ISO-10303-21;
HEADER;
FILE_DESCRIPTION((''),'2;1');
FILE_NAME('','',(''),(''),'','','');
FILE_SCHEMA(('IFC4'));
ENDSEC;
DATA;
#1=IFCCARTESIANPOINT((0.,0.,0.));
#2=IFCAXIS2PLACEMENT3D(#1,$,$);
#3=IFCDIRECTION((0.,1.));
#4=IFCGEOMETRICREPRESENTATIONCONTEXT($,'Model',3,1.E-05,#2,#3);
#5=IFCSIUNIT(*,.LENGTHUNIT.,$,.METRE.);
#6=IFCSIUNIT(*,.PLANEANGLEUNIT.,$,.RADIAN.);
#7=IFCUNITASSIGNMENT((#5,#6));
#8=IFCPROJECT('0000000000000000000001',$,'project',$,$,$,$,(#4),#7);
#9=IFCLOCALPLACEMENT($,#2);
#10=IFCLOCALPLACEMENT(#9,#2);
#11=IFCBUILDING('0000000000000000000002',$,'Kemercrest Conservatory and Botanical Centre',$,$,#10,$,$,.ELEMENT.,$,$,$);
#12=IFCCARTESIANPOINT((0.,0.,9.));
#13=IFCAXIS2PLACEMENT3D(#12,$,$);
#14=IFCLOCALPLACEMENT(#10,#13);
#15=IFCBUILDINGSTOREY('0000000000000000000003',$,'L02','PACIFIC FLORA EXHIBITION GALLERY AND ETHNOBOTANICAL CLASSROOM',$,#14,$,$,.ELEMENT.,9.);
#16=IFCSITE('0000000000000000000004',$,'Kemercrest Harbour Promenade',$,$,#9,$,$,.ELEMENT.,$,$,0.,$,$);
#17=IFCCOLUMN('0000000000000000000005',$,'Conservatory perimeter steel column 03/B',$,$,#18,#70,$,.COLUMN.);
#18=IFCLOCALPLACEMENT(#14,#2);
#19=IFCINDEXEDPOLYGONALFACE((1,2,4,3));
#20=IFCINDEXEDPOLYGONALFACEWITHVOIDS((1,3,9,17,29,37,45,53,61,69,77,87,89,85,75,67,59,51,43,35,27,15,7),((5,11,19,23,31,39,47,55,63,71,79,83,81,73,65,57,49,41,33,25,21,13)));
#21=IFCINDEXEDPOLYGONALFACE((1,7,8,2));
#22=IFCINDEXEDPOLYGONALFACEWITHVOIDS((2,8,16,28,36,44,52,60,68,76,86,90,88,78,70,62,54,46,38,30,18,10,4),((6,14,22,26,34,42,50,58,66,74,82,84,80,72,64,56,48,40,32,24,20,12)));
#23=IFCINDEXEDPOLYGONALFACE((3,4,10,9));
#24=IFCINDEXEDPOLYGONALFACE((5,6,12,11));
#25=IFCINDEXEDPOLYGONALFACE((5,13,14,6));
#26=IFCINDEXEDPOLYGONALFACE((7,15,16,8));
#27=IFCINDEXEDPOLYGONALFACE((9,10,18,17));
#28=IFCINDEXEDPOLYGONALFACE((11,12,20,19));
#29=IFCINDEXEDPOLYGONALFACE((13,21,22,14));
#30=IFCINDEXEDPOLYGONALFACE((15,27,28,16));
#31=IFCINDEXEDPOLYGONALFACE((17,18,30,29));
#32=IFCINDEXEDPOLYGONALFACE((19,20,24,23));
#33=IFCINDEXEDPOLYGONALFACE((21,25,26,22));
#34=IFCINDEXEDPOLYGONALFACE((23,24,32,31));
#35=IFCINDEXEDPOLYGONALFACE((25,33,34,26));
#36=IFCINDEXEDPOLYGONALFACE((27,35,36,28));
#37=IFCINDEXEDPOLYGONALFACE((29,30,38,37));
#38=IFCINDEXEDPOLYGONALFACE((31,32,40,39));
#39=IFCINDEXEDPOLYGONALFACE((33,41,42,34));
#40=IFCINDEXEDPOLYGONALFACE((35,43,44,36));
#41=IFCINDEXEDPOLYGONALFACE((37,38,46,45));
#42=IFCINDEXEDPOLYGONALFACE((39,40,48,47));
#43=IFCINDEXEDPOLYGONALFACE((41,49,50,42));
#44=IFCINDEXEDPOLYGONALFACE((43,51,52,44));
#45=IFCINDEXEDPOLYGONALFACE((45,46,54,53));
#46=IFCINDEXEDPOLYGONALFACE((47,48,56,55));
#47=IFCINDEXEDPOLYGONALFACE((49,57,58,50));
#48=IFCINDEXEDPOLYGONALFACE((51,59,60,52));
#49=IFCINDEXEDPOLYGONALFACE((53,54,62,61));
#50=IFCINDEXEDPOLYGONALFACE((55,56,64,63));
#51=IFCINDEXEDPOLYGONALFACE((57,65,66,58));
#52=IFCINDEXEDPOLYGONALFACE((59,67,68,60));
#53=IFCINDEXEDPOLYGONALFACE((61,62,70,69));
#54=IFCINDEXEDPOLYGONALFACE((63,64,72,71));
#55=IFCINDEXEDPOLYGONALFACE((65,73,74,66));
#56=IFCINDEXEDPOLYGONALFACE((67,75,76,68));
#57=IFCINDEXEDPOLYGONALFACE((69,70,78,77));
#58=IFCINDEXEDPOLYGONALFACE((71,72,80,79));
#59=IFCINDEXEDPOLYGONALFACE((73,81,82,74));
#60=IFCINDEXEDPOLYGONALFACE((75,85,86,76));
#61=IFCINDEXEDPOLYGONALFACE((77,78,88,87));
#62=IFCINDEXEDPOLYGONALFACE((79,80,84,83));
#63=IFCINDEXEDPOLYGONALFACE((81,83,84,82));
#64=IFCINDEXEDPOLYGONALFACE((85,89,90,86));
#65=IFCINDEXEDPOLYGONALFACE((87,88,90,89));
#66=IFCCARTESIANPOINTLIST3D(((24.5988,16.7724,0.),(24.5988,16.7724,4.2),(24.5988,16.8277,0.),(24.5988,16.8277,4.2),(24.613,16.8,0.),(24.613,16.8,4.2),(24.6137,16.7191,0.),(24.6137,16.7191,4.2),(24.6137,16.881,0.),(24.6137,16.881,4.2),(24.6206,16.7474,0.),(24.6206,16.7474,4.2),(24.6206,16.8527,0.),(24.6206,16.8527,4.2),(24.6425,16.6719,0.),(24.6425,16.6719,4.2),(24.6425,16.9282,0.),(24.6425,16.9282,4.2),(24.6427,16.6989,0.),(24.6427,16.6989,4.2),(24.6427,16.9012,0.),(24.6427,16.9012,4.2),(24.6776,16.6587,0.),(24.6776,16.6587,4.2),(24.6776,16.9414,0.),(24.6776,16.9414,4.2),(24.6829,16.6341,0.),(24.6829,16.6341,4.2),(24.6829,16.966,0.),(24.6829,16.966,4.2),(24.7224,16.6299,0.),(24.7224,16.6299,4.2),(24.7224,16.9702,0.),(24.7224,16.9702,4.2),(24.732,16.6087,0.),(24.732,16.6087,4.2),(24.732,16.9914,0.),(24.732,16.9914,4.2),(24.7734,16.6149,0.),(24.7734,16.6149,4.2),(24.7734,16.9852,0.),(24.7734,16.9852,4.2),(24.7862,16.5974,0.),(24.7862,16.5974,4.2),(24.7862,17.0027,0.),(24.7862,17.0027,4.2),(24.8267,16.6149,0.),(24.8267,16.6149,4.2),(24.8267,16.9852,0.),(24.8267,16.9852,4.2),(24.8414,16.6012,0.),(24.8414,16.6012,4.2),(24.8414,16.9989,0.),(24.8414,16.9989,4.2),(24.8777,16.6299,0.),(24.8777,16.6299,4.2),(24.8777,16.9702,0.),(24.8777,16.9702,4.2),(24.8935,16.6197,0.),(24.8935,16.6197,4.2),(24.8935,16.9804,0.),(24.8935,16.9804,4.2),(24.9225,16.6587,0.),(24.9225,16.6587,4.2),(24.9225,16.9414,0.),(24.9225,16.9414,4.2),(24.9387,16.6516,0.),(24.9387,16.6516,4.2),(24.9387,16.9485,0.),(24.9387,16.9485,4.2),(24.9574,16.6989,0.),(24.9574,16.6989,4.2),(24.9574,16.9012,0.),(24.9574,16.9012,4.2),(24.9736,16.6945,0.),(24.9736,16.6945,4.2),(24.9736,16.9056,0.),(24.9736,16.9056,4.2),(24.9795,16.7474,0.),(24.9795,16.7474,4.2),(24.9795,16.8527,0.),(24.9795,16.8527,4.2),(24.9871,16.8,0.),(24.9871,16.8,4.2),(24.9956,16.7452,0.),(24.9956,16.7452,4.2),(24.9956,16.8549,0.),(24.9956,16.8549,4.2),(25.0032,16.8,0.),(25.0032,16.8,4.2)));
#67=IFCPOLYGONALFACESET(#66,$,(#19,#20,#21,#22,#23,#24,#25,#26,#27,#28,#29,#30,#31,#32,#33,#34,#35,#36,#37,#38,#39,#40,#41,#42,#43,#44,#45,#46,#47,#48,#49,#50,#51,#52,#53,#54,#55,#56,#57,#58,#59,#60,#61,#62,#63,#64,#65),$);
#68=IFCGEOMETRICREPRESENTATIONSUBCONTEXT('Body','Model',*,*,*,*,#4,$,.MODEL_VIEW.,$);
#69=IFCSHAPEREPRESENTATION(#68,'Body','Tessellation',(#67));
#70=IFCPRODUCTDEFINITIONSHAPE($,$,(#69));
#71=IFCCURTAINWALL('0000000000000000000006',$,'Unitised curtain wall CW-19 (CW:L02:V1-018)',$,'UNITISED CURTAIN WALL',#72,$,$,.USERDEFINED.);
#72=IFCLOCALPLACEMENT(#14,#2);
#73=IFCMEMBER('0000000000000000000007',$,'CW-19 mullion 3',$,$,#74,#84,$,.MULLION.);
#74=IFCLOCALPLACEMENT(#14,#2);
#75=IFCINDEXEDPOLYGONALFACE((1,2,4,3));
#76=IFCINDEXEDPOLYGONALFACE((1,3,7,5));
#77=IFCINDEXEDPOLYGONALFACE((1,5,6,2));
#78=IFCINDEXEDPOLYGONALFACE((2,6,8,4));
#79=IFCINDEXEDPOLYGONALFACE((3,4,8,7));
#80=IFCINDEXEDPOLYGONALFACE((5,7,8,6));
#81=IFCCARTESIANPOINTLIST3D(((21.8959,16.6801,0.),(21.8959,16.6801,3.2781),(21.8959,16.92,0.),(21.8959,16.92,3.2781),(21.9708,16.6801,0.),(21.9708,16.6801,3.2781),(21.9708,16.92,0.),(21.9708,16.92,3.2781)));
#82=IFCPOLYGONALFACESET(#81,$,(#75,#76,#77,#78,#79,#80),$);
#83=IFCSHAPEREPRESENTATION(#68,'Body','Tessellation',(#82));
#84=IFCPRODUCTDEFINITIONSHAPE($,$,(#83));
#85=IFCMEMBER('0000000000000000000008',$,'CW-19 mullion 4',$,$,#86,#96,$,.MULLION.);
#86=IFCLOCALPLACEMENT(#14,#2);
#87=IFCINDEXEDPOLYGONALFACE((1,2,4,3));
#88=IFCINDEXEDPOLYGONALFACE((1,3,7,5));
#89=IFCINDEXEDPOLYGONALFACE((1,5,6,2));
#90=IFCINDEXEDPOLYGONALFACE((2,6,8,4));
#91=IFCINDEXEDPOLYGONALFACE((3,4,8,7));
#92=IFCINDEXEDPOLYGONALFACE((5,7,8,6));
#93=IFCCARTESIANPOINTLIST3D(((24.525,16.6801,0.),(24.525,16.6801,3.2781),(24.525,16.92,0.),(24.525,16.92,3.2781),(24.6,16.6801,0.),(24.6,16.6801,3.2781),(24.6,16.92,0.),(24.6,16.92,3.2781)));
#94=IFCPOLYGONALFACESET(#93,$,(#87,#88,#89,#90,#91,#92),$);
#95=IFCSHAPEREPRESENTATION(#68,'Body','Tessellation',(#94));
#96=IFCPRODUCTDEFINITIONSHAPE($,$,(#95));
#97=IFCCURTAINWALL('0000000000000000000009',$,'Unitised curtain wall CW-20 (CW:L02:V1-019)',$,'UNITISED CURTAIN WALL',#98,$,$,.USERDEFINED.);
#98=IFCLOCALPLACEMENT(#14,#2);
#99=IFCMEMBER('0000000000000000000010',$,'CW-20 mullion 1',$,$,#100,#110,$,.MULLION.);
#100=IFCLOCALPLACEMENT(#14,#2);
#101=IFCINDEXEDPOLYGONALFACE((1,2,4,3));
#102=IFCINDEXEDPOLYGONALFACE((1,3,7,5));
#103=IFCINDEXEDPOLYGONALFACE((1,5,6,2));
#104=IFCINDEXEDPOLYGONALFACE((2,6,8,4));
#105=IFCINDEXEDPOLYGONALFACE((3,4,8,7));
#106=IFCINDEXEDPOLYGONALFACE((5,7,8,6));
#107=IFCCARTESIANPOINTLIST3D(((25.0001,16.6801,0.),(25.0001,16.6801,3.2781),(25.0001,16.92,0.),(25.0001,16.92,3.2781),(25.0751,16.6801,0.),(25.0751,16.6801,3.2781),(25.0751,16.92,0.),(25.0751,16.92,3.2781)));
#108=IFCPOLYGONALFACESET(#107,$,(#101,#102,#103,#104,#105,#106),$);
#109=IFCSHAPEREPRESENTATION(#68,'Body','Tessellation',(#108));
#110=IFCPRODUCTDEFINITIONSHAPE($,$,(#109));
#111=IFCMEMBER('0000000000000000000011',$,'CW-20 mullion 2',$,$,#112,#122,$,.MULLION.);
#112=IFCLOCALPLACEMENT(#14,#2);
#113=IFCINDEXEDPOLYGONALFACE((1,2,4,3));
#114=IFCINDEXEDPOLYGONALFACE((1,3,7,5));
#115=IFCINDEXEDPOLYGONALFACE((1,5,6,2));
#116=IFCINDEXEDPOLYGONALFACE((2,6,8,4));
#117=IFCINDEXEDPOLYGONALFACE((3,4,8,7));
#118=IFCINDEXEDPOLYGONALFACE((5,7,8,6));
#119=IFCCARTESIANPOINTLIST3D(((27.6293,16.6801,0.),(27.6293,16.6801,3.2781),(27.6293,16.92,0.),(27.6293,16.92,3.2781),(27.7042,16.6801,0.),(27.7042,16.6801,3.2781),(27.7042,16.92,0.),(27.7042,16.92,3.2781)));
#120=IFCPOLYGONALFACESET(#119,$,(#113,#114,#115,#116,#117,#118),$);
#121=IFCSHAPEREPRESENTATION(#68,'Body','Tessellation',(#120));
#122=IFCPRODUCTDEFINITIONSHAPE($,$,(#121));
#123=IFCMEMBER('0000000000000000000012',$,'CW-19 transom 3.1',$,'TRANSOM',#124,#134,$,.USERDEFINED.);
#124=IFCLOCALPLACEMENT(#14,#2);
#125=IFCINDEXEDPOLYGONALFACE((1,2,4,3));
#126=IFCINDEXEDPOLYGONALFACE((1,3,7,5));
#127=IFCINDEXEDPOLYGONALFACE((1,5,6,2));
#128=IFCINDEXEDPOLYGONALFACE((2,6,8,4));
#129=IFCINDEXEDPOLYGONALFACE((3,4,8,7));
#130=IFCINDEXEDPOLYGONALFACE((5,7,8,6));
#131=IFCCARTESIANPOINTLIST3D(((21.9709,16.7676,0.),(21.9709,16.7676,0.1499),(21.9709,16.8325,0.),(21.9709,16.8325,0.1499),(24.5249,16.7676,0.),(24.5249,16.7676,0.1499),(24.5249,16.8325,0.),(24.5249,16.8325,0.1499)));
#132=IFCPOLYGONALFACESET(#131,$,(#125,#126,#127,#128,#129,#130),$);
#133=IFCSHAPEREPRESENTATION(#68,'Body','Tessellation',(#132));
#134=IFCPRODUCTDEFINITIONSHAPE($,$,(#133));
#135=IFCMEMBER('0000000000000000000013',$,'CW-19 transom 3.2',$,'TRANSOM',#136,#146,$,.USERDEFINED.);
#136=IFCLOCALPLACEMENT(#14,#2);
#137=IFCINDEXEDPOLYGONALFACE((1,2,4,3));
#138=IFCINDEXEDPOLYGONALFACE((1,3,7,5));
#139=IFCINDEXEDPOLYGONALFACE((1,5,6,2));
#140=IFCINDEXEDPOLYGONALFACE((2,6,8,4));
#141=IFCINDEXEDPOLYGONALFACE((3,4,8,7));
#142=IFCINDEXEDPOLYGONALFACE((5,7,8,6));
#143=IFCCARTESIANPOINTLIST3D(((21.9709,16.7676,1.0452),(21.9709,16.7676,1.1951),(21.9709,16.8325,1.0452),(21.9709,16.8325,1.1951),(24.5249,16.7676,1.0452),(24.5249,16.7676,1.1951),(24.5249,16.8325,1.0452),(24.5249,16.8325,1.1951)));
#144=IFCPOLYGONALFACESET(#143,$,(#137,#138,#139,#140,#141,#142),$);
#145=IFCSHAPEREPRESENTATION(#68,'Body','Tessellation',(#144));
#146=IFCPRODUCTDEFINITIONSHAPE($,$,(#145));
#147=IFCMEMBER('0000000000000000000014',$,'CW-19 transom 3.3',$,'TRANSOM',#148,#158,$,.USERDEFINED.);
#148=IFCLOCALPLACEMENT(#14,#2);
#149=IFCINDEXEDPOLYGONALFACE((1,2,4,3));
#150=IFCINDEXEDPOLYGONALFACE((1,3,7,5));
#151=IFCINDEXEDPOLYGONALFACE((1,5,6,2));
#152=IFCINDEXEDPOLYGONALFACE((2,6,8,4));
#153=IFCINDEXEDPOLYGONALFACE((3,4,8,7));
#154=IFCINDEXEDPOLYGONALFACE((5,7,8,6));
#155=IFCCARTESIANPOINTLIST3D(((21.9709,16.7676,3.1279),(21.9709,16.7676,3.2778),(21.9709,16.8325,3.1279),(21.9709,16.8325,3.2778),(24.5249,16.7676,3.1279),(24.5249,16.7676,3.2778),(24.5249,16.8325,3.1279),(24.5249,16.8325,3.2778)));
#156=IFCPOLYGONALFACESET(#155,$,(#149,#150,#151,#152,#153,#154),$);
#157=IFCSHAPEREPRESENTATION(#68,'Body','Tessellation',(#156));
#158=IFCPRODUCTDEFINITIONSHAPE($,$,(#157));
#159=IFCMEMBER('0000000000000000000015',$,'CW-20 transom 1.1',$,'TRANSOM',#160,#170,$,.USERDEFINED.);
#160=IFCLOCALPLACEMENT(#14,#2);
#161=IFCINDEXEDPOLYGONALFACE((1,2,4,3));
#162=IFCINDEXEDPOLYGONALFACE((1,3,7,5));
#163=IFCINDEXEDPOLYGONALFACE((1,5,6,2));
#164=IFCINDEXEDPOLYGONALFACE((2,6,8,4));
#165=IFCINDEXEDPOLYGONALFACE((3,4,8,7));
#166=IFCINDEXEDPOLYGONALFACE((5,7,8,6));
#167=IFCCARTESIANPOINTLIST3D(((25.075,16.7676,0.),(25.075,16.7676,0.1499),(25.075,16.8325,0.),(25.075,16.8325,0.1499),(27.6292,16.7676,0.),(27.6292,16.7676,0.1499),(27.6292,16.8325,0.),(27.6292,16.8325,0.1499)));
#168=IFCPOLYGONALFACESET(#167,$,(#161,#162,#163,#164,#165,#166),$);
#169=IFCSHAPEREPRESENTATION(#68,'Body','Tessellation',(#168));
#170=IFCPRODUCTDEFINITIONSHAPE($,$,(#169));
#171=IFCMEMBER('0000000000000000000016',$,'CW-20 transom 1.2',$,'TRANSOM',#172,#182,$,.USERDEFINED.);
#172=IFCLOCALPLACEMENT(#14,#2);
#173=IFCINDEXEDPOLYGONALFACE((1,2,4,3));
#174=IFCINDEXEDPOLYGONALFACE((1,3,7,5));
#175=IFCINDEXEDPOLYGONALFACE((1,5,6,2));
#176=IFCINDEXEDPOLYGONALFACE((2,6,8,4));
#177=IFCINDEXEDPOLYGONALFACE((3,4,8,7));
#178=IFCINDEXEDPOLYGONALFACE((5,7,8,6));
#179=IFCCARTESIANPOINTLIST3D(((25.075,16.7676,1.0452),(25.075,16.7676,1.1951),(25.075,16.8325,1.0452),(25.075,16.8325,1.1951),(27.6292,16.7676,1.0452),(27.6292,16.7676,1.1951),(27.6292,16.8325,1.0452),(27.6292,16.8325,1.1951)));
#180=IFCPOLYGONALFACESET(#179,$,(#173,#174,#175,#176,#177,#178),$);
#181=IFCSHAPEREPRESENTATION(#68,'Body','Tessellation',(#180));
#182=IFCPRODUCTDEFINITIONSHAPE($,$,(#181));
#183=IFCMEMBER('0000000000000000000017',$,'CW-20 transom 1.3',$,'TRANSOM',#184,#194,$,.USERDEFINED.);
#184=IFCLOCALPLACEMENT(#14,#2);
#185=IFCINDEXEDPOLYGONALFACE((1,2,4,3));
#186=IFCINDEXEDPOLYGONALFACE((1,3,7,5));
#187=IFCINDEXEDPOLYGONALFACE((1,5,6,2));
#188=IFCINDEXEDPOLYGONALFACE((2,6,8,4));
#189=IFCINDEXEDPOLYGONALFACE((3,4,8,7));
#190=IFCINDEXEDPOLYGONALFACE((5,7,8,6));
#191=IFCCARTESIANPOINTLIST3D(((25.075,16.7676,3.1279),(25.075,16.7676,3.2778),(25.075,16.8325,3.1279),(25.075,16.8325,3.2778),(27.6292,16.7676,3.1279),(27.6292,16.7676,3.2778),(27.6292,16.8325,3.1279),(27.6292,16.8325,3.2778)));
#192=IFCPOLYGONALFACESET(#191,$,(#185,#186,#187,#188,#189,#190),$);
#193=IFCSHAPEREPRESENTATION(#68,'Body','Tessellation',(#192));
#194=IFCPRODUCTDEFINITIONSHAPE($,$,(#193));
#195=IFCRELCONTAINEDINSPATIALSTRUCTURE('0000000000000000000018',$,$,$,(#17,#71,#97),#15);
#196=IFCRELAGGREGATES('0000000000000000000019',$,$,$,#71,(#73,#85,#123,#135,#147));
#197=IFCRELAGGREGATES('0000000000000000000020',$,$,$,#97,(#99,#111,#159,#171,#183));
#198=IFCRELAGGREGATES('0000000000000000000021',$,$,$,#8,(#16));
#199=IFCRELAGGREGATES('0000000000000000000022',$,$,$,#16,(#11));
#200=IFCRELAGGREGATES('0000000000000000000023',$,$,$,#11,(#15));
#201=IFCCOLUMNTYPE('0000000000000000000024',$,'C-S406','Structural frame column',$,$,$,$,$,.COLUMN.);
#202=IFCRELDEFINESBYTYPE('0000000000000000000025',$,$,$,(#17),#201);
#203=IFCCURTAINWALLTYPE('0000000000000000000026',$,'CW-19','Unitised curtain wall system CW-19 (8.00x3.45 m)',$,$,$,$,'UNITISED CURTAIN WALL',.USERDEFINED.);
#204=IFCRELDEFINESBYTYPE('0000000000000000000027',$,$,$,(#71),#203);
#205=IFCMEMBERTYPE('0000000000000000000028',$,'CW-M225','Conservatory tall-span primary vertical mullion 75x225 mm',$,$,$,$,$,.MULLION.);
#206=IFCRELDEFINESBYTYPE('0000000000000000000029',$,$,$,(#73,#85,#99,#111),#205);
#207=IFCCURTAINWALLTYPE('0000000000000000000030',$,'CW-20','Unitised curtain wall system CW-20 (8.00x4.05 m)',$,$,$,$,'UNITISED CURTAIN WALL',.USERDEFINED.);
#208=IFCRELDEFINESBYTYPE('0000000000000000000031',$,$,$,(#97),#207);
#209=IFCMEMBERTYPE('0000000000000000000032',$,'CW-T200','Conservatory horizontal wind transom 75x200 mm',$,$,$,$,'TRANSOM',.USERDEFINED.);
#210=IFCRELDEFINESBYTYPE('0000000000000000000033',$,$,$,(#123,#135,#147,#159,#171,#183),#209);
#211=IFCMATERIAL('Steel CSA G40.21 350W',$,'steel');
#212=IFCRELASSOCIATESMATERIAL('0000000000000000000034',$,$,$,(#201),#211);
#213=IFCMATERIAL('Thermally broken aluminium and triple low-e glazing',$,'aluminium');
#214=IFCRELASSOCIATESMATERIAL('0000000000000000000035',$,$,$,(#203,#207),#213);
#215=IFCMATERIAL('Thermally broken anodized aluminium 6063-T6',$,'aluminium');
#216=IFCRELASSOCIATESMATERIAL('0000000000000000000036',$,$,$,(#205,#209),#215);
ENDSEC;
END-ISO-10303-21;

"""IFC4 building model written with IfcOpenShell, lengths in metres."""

from ifc_helpers import new_model, si_unit, direction, frame, origin, origin_2d, place, context, subcontext, project, spatial, rectangle, hollow_circle, extrude, material, material_profile, profile_set, type_object, element, aggregate, save


model = new_model("IFC4")

# Units and contexts
model_context = context("Model", 3, precision=1e-05, world=origin(), true_north=direction((0.0, 1.0)))
body_context = subcontext(model_context, "Body", "Model", "MODEL_VIEW")
ifc_project = project(units=[si_unit("LENGTHUNIT", "METRE"), si_unit("PLANEANGLEUNIT", "RADIAN")], contexts=[model_context])

# Site, building, storey
site_placement = place(None, origin())
site = spatial("IfcSite", under=ifc_project, at=site_placement, Name="Kemercrest Harbour Promenade", CompositionType="ELEMENT", RefElevation=0.0)
building_placement = place(site_placement, origin())
building = spatial("IfcBuilding", under=site, at=building_placement, Name="Kemercrest Conservatory and Botanical Centre", CompositionType="ELEMENT")
storey_placement = place(building_placement, frame((0.0, 0.0, 9.0)))
storey = spatial("IfcBuildingStorey", under=building, at=storey_placement, Name="L02", Description="PACIFIC FLORA EXHIBITION GALLERY AND ETHNOBOTANICAL CLASSROOM", CompositionType="ELEMENT", Elevation=9.0)

# Column
ifc_material_1 = material(Name="Steel CSA G40.21 350W", Category="steel")
ifc_material_profile_1 = material_profile(ifc_material_1, hollow_circle(Radius=0.2031, WallThickness=0.0161, at=origin_2d()), Name="CHS 406.4x16.0")
ifc_profile_set_1 = profile_set([ifc_material_profile_1], Name="Steel CSA G40.21 350W")
column_type = type_object("IfcColumnType", Name="C-S406", Description="Structural frame column", PredefinedType="COLUMN", material=ifc_profile_set_1)
column_placement = place(storey_placement, frame((24.8, 16.8, 0.0), z_axis=(0.0, 0.0, 1.0), x_axis=(1.0, 0.0, 0.0)))
element("IfcColumn", 1, at=column_placement, inside=storey, type_object=column_type, Name="Conservatory perimeter steel column 03/B", PredefinedType="COLUMN", context=body_context, shape_type="SweptSolid", body=[
    extrude(hollow_circle(Radius=0.2031, WallThickness=0.0161, at=origin_2d()), origin(), (0.0, 0.0, 1.0), 4.2),
])

# Curtain walls, members
ifc_material_2 = material(Name="Thermally broken aluminium and triple low-e glazing", Category="aluminium")
curtain_wall_type_1 = type_object("IfcCurtainWallType", Name="CW-19", Description="Unitised curtain wall system CW-19 (8.00x3.45 m)", ElementType="UNITISED CURTAIN WALL", PredefinedType="USERDEFINED", material=ifc_material_2)
curtain_wall_1_placement = place(storey_placement, origin())
curtain_wall_1 = element("IfcCurtainWall", 2, at=curtain_wall_1_placement, inside=storey, type_object=curtain_wall_type_1, Name="Unitised curtain wall CW-19 (CW:L02:V1-018)", ObjectType="UNITISED CURTAIN WALL", PredefinedType="USERDEFINED")
ifc_material_3 = material(Name="Thermally broken anodized aluminium 6063-T6", Category="aluminium")
ifc_material_profile_2 = material_profile(ifc_material_3, rectangle(XDim=0.24, YDim=0.075, at=origin_2d()), Name="AL MULLION 75x240")
ifc_profile_set_2 = profile_set([ifc_material_profile_2], Name="Thermally broken anodized aluminium 6063-T6")
member_type_1 = type_object("IfcMemberType", Name="CW-M225", Description="Conservatory tall-span primary vertical mullion 75x225 mm", PredefinedType="MULLION", material=ifc_profile_set_2)
member_1_placement = place(storey_placement, frame((21.9333, 16.8, 0.0), z_axis=(0.0, 0.0, 1.0), x_axis=(0.0, 1.0, 0.0)))
member_1 = element("IfcMember", 3, at=member_1_placement, type_object=member_type_1, Name="CW-19 mullion 3", PredefinedType="MULLION", context=body_context, shape_type="SweptSolid", body=[
    extrude(rectangle(XDim=0.24, YDim=0.075, at=origin_2d()), origin(), (0.0, 0.0, 1.0), 3.2781),
])
member_2_placement = place(storey_placement, frame((24.5625, 16.8, 0.0), z_axis=(0.0, 0.0, 1.0), x_axis=(0.0, 1.0, 0.0)))
member_2 = element("IfcMember", 4, at=member_2_placement, type_object=member_type_1, Name="CW-19 mullion 4", PredefinedType="MULLION", context=body_context, shape_type="SweptSolid", body=[
    extrude(rectangle(XDim=0.24, YDim=0.075, at=origin_2d()), origin(), (0.0, 0.0, 1.0), 3.2781),
])
curtain_wall_type_2 = type_object("IfcCurtainWallType", Name="CW-20", Description="Unitised curtain wall system CW-20 (8.00x4.05 m)", ElementType="UNITISED CURTAIN WALL", PredefinedType="USERDEFINED", material=ifc_material_2)
curtain_wall_2_placement = place(storey_placement, origin())
curtain_wall_2 = element("IfcCurtainWall", 5, at=curtain_wall_2_placement, inside=storey, type_object=curtain_wall_type_2, Name="Unitised curtain wall CW-20 (CW:L02:V1-019)", ObjectType="UNITISED CURTAIN WALL", PredefinedType="USERDEFINED")
member_3_placement = place(storey_placement, frame((25.0376, 16.8, 0.0), z_axis=(0.0, 0.0, 1.0), x_axis=(0.0, 1.0, 0.0)))
member_3 = element("IfcMember", 6, at=member_3_placement, type_object=member_type_1, Name="CW-20 mullion 1", PredefinedType="MULLION", context=body_context, shape_type="SweptSolid", body=[
    extrude(rectangle(XDim=0.24, YDim=0.075, at=origin_2d()), origin(), (0.0, 0.0, 1.0), 3.2781),
])
member_4_placement = place(storey_placement, frame((27.6667, 16.8, 0.0), z_axis=(0.0, 0.0, 1.0), x_axis=(0.0, 1.0, 0.0)))
member_4 = element("IfcMember", 7, at=member_4_placement, type_object=member_type_1, Name="CW-20 mullion 2", PredefinedType="MULLION", context=body_context, shape_type="SweptSolid", body=[
    extrude(rectangle(XDim=0.24, YDim=0.075, at=origin_2d()), origin(), (0.0, 0.0, 1.0), 3.2781),
])

# Members
ifc_material_profile_3 = material_profile(ifc_material_3, rectangle(XDim=0.0649, YDim=0.1499, at=origin_2d()), Name="AL TRANSOM 65x150")
ifc_profile_set_3 = profile_set([ifc_material_profile_3], Name="Thermally broken anodized aluminium 6063-T6")
member_type_2 = type_object("IfcMemberType", Name="CW-T200", Description="Conservatory horizontal wind transom 75x200 mm", ElementType="TRANSOM", PredefinedType="USERDEFINED", material=ifc_profile_set_3)
member_5_placement = place(storey_placement, frame((21.9709, 16.8, 0.075), z_axis=(1.0, 0.0, 0.0), x_axis=(0.0, 1.0, 0.0)))
member_5 = element("IfcMember", 8, at=member_5_placement, type_object=member_type_2, Name="CW-19 transom 3.1", ObjectType="TRANSOM", PredefinedType="USERDEFINED", context=body_context, shape_type="SweptSolid", body=[
    extrude(rectangle(XDim=0.0649, YDim=0.1499, at=origin_2d()), origin(), (0.0, 0.0, 1.0), 2.554),
])
member_6_placement = place(storey_placement, frame((21.9709, 16.8, 1.1201), z_axis=(1.0, 0.0, 0.0), x_axis=(0.0, 1.0, 0.0)))
member_6 = element("IfcMember", 9, at=member_6_placement, type_object=member_type_2, Name="CW-19 transom 3.2", ObjectType="TRANSOM", PredefinedType="USERDEFINED", context=body_context, shape_type="SweptSolid", body=[
    extrude(rectangle(XDim=0.0649, YDim=0.1499, at=origin_2d()), origin(), (0.0, 0.0, 1.0), 2.554),
])
member_7_placement = place(storey_placement, frame((21.9709, 16.8, 3.2029), z_axis=(1.0, 0.0, 0.0), x_axis=(0.0, 1.0, 0.0)))
member_7 = element("IfcMember", 10, at=member_7_placement, type_object=member_type_2, Name="CW-19 transom 3.3", ObjectType="TRANSOM", PredefinedType="USERDEFINED", context=body_context, shape_type="SweptSolid", body=[
    extrude(rectangle(XDim=0.0649, YDim=0.1499, at=origin_2d()), origin(), (0.0, 0.0, 1.0), 2.554),
])
member_8_placement = place(storey_placement, frame((25.075, 16.8, 0.075), z_axis=(1.0, 0.0, 0.0), x_axis=(0.0, 1.0, 0.0)))
member_8 = element("IfcMember", 11, at=member_8_placement, type_object=member_type_2, Name="CW-20 transom 1.1", ObjectType="TRANSOM", PredefinedType="USERDEFINED", context=body_context, shape_type="SweptSolid", body=[
    extrude(rectangle(XDim=0.0649, YDim=0.1499, at=origin_2d()), origin(), (0.0, 0.0, 1.0), 2.5542),
])
member_9_placement = place(storey_placement, frame((25.075, 16.8, 1.1201), z_axis=(1.0, 0.0, 0.0), x_axis=(0.0, 1.0, 0.0)))
member_9 = element("IfcMember", 12, at=member_9_placement, type_object=member_type_2, Name="CW-20 transom 1.2", ObjectType="TRANSOM", PredefinedType="USERDEFINED", context=body_context, shape_type="SweptSolid", body=[
    extrude(rectangle(XDim=0.0649, YDim=0.1499, at=origin_2d()), origin(), (0.0, 0.0, 1.0), 2.5542),
])
member_10_placement = place(storey_placement, frame((25.075, 16.8, 3.2029), z_axis=(1.0, 0.0, 0.0), x_axis=(0.0, 1.0, 0.0)))
member_10 = element("IfcMember", 13, at=member_10_placement, type_object=member_type_2, Name="CW-20 transom 1.3", ObjectType="TRANSOM", PredefinedType="USERDEFINED", context=body_context, shape_type="SweptSolid", body=[
    extrude(rectangle(XDim=0.0649, YDim=0.1499, at=origin_2d()), origin(), (0.0, 0.0, 1.0), 2.5542),
])

aggregate(curtain_wall_1, [member_1, member_2, member_5, member_6, member_7])
aggregate(curtain_wall_2, [member_3, member_4, member_8, member_9, member_10])

save(model, "model.ifc")
